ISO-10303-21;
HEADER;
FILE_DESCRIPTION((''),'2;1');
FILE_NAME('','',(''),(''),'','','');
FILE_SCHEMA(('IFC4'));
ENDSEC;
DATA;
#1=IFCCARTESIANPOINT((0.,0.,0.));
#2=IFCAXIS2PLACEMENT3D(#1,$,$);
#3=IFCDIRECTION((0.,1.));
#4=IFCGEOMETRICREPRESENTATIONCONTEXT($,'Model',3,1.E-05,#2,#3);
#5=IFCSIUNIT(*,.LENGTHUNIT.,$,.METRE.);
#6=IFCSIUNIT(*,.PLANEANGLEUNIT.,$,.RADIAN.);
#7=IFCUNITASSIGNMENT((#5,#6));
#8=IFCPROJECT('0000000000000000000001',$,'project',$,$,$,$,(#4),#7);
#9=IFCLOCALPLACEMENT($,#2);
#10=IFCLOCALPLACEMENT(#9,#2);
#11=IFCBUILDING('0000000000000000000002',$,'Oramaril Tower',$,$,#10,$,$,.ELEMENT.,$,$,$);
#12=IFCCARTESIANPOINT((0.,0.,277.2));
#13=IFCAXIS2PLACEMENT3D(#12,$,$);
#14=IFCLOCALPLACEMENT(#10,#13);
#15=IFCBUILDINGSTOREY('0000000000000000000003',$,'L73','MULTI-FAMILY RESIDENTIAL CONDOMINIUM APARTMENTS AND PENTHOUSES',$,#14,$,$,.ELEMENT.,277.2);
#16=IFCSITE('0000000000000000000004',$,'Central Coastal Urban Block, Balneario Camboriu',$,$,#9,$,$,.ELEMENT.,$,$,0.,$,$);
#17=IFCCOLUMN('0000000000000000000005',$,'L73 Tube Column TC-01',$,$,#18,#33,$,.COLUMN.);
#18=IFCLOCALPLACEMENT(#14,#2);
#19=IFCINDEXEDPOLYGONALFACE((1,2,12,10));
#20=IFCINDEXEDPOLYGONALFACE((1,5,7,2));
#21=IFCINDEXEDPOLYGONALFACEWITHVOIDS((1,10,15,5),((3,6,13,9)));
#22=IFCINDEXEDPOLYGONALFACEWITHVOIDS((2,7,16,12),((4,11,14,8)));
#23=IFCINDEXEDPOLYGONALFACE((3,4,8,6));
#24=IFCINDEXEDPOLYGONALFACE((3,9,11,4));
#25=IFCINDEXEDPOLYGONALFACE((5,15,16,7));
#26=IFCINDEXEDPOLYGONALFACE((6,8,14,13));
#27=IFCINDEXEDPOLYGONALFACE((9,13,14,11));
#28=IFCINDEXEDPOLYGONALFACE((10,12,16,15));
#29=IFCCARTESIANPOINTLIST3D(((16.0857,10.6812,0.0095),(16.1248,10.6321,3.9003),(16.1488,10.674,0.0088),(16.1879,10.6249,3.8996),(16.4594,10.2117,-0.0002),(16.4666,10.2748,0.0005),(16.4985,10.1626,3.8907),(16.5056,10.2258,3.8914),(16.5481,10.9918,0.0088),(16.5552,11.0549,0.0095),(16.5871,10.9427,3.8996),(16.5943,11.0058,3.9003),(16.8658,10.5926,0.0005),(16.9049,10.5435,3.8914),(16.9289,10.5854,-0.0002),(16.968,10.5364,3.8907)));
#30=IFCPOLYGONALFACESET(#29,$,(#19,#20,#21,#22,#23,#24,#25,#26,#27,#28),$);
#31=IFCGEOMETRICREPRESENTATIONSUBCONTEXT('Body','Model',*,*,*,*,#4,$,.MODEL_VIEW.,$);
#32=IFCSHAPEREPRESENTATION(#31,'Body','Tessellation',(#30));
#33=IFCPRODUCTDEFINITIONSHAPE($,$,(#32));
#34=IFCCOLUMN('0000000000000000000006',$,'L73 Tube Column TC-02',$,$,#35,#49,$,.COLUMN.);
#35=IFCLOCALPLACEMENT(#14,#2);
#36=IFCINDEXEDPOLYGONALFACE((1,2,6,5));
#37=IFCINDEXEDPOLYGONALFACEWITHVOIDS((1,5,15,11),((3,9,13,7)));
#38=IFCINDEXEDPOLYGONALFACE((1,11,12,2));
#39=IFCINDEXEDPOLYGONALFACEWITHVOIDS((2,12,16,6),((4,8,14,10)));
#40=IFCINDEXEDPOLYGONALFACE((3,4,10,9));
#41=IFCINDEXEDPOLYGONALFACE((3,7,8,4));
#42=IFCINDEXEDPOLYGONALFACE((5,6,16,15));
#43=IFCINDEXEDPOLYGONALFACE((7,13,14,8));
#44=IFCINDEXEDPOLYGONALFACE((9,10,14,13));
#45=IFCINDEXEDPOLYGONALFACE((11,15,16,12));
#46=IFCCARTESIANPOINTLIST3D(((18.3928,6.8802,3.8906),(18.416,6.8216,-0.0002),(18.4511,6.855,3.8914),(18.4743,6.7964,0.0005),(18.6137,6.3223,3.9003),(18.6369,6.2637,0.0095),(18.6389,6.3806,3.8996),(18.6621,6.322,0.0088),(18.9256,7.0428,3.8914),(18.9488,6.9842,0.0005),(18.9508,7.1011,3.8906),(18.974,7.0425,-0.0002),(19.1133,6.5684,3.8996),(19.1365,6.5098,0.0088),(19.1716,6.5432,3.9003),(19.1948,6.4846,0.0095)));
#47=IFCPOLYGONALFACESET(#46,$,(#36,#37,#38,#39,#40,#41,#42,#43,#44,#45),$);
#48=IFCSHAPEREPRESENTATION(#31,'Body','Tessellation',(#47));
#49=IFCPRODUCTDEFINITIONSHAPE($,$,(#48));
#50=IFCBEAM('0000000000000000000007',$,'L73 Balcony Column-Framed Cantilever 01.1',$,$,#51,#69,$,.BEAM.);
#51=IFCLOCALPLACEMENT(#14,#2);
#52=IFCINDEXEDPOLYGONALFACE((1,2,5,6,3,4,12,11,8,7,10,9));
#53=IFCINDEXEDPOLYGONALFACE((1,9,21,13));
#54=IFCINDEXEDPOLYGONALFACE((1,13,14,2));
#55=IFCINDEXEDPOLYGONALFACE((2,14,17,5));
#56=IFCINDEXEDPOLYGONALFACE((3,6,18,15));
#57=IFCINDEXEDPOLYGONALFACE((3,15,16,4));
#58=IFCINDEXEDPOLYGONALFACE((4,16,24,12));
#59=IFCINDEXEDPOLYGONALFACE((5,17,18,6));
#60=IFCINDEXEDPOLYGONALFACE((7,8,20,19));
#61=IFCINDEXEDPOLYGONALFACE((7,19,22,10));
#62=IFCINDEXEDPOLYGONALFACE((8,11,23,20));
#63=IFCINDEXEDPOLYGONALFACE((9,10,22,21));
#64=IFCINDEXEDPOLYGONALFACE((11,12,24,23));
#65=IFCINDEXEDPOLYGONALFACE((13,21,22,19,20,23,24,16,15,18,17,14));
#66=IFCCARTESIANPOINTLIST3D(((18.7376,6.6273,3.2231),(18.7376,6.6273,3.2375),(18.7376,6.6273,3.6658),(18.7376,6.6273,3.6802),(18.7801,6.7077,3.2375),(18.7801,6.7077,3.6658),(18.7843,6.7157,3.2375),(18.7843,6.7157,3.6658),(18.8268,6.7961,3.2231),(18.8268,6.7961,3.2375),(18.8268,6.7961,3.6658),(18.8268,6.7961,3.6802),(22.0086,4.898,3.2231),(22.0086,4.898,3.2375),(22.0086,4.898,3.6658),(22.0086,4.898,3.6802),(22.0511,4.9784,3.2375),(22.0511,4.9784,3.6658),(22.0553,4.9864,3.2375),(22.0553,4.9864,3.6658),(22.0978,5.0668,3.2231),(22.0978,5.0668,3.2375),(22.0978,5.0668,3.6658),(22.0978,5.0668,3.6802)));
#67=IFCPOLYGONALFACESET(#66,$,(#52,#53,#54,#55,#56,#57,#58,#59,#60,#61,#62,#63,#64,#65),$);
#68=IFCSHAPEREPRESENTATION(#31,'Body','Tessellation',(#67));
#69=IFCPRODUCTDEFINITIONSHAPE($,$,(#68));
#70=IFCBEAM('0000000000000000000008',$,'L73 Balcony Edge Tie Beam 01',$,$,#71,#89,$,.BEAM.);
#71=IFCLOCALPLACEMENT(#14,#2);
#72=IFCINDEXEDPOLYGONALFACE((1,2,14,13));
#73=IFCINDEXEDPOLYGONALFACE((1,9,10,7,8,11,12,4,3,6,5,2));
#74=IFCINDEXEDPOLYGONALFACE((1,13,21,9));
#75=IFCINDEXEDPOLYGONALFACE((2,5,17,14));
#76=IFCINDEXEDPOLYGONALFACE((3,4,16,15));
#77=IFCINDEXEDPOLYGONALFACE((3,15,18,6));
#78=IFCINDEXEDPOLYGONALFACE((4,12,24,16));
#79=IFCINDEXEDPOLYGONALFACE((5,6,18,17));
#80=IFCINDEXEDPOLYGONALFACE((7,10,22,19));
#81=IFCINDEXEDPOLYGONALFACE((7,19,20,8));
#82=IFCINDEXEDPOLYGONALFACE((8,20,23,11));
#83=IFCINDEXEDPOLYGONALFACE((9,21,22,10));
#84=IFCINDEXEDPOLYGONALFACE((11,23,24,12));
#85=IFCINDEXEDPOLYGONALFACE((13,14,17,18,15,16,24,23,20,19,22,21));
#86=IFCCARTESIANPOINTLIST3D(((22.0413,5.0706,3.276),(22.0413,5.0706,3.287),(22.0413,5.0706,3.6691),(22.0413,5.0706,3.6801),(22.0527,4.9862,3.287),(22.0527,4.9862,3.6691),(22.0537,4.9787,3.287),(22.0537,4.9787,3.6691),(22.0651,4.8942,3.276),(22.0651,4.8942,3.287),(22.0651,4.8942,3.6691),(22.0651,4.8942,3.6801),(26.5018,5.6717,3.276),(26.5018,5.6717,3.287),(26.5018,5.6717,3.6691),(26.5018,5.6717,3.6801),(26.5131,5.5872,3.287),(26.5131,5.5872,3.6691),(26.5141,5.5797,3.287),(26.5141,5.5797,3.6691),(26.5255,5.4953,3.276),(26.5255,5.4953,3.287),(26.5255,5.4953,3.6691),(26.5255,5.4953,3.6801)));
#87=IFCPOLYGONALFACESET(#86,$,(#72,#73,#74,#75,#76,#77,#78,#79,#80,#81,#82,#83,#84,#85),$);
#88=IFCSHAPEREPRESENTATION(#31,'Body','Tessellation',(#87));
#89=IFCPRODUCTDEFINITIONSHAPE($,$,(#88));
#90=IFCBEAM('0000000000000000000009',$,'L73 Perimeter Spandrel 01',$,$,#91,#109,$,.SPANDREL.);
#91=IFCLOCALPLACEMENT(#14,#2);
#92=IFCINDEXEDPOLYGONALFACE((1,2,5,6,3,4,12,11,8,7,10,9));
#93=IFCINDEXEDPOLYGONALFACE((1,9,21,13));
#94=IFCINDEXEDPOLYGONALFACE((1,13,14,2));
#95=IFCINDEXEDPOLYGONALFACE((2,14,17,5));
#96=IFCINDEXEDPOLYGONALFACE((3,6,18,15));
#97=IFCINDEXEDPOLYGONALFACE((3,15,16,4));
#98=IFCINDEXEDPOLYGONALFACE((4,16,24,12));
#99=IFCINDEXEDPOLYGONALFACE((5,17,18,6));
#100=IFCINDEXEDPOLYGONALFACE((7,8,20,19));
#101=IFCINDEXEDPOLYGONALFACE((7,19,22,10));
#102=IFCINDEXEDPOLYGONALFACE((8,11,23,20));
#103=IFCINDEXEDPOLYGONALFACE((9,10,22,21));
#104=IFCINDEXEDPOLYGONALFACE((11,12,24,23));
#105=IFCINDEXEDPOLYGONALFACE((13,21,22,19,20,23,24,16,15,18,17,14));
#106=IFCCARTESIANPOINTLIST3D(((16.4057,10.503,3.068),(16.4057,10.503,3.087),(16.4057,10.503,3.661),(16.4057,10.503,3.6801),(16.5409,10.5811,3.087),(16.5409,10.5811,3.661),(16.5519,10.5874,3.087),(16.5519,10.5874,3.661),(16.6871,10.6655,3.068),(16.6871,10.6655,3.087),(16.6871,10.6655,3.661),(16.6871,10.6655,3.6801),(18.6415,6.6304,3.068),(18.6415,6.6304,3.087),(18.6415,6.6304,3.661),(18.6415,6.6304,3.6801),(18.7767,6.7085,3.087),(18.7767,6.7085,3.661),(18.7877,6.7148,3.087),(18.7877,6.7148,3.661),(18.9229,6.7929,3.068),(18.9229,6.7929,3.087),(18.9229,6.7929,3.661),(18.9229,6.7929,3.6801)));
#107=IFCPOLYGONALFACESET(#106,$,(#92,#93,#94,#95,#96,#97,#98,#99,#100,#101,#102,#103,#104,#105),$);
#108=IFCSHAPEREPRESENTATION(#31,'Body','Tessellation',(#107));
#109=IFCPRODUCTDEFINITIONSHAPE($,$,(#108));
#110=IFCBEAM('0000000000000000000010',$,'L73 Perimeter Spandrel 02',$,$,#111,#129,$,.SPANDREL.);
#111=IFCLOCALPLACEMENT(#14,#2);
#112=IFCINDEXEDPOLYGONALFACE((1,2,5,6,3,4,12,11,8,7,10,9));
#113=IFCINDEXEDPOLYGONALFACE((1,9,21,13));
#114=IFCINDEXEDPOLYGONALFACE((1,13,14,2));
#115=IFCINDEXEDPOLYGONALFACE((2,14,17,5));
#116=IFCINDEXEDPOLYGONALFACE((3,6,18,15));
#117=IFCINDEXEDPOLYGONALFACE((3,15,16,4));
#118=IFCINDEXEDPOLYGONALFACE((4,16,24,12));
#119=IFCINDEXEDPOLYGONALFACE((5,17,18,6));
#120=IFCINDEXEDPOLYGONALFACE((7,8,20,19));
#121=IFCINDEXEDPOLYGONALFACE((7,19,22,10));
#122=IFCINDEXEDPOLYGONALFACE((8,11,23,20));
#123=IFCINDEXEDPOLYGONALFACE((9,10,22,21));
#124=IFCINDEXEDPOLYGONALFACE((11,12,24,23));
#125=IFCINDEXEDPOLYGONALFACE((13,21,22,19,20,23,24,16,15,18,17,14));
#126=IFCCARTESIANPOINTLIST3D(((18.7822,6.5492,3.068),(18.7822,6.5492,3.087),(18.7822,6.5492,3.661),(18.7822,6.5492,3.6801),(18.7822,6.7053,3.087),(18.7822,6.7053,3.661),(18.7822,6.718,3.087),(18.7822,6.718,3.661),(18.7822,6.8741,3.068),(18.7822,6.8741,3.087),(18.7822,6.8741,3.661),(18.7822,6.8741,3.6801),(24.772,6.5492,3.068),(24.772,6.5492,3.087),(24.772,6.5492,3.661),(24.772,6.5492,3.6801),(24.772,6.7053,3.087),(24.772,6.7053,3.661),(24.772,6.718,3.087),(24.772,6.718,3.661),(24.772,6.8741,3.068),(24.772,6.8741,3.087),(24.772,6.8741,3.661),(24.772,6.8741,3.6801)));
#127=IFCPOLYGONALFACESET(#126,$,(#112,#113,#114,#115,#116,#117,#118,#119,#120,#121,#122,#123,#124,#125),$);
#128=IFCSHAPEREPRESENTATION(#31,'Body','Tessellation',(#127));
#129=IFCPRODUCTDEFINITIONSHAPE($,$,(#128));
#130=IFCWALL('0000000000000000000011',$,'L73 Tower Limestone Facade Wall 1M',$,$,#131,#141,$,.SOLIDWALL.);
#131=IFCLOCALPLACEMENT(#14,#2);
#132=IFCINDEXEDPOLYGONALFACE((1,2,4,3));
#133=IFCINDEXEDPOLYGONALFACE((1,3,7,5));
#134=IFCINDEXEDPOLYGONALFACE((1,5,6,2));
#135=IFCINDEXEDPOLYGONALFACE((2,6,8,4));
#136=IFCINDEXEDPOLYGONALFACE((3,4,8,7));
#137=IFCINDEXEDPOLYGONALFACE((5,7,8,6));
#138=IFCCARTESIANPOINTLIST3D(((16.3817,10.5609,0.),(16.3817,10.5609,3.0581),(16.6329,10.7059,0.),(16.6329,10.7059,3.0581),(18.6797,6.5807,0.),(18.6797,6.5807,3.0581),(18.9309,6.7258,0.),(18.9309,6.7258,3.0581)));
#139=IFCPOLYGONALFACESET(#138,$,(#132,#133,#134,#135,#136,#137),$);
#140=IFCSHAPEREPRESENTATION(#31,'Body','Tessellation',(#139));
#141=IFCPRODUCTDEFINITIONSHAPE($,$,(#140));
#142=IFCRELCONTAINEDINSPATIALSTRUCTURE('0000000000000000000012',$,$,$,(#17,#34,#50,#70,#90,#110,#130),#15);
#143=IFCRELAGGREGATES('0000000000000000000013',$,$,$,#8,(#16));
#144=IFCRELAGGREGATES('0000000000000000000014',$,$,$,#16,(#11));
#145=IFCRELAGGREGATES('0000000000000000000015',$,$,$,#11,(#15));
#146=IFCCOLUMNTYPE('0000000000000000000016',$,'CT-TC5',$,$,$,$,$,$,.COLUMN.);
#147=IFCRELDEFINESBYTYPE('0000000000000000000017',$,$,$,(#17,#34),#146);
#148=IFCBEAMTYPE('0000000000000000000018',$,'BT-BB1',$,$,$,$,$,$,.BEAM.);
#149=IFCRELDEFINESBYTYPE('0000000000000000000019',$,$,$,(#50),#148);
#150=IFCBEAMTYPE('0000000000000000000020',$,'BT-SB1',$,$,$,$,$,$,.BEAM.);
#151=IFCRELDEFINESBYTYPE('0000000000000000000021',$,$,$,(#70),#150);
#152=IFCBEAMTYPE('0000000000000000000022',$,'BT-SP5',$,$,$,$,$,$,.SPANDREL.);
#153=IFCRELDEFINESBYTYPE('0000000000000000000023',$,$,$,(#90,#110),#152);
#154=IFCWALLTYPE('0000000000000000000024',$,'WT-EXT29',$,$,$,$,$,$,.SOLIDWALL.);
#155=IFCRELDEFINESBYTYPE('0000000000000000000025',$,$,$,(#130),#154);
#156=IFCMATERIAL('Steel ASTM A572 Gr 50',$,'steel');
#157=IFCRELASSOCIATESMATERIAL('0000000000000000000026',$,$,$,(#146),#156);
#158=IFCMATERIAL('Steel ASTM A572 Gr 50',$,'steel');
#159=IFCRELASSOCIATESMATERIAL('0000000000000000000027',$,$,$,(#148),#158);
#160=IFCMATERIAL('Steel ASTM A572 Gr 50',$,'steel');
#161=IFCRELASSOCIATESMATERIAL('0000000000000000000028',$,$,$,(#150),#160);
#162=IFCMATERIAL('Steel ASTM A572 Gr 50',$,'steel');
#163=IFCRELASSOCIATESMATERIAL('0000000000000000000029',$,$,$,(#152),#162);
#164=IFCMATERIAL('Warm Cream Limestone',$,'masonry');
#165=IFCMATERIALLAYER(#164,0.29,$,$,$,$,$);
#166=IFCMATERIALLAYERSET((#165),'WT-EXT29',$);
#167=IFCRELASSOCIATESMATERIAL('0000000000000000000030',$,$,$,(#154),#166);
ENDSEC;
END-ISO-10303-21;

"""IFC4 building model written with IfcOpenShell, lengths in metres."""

from ifc_helpers import new_model, si_unit, direction, frame, frame_2d, origin, origin_2d, place, context, subcontext, project, spatial, rectangle, hollow_rectangle, i_section, extrude, material, layer, layer_set, material_profile, profile_set, type_object, element, save


model = new_model("IFC4")

# Units and contexts
model_context = context("Model", 3, precision=1e-05, world=origin(), true_north=direction((0.0, 1.0)))
body_context = subcontext(model_context, "Body", "Model", "MODEL_VIEW")
ifc_project = project(units=[si_unit("LENGTHUNIT", "METRE"), si_unit("PLANEANGLEUNIT", "RADIAN")], contexts=[model_context])

# Site, building, storey
site_placement = place(None, origin())
site = spatial("IfcSite", under=ifc_project, at=site_placement, Name="Central Coastal Urban Block, Balneario Camboriu", CompositionType="ELEMENT", RefElevation=0.0)
building_placement = place(site_placement, origin())
building = spatial("IfcBuilding", under=site, at=building_placement, Name="Oramaril Tower", CompositionType="ELEMENT")
storey_placement = place(building_placement, frame((0.0, 0.0, 277.2)))
storey = spatial("IfcBuildingStorey", under=building, at=storey_placement, Name="L73", Description="MULTI-FAMILY RESIDENTIAL CONDOMINIUM APARTMENTS AND PENTHOUSES", CompositionType="ELEMENT", Elevation=277.2)

# Columns
ifc_material_1 = material(Name="Steel ASTM A572 Gr 50", Category="steel")
ifc_material_profile_1 = material_profile(ifc_material_1, hollow_rectangle(XDim=0.6001, YDim=0.6001, WallThickness=0.0449, at=origin_2d()), Name="BOX600X600X45")
ifc_profile_set_1 = profile_set([ifc_material_profile_1], Name="Steel ASTM A572 Gr 50")
column_type = type_object("IfcColumnType", Name="CT-TC5", PredefinedType="COLUMN", material=ifc_profile_set_1)
for number, where, z_axis, x_axis, name in (
    (1, (16.5073, 10.6333, 0.0046), (0.010038, -0.012611, 0.99987), (0.782386, 0.622794, 0.0), "L73 Tube Column TC-01"),
    (2, (18.8054, 6.6531, 0.0046), (-0.00596, 0.015057, 0.999869), (-0.929807, -0.368048, 0.0), "L73 Tube Column TC-02"),
):
    element("IfcColumn", number, at=place(storey_placement, frame(where, z_axis=z_axis, x_axis=x_axis)), inside=storey, type_object=column_type, Name=name, PredefinedType="COLUMN", context=body_context, shape_type="SweptSolid", body=[
        extrude(hollow_rectangle(XDim=0.6001, YDim=0.6001, WallThickness=0.0449, at=origin_2d()), origin(), (0.0, 0.0, 1.0), 3.8914),
    ])

# Beams
ifc_material_2 = material(Name="Steel ASTM A572 Gr 50", Category="steel")
ifc_material_profile_2 = material_profile(ifc_material_2, i_section(OverallWidth=0.1909, OverallDepth=0.457, WebThickness=0.009, FlangeThickness=0.0144, at=origin_2d()), Name="W18X50")
ifc_profile_set_2 = profile_set([ifc_material_profile_2], Name="Steel ASTM A572 Gr 50")
beam_type_1 = type_object("IfcBeamType", Name="BT-BB1", PredefinedType="BEAM", material=ifc_profile_set_2)
beam_1_placement = place(storey_placement, frame((18.7822, 6.7117, 3.4517), z_axis=(0.884062, -0.467369, 0.0), x_axis=(0.467369, 0.884062, 0.0)))
element("IfcBeam", 3, at=beam_1_placement, inside=storey, type_object=beam_type_1, Name="L73 Balcony Column-Framed Cantilever 01.1", PredefinedType="BEAM", context=body_context, shape_type="SweptSolid", body=[
    extrude(i_section(OverallWidth=0.1909, OverallDepth=0.457, WebThickness=0.009, FlangeThickness=0.0144, at=origin_2d()), origin(), (0.0, 0.0, 1.0), 3.7),
])
ifc_material_3 = material(Name="Steel ASTM A572 Gr 50", Category="steel")
ifc_material_profile_3 = material_profile(ifc_material_3, i_section(OverallWidth=0.178, OverallDepth=0.4041, WebThickness=0.0076, FlangeThickness=0.011, at=origin_2d()), Name="W16X36")
ifc_profile_set_3 = profile_set([ifc_material_profile_3], Name="Steel ASTM A572 Gr 50")
beam_type_2 = type_object("IfcBeamType", Name="BT-SB1", PredefinedType="BEAM", material=ifc_profile_set_3)
beam_2_placement = place(storey_placement, frame((22.0532, 4.9824, 3.478), z_axis=(0.991042, 0.133549, 0.0), x_axis=(-0.133549, 0.991042, 0.0)))
element("IfcBeam", 4, at=beam_2_placement, inside=storey, type_object=beam_type_2, Name="L73 Balcony Edge Tie Beam 01", PredefinedType="BEAM", context=body_context, shape_type="SweptSolid", body=[
    extrude(i_section(OverallWidth=0.178, OverallDepth=0.4041, WebThickness=0.0076, FlangeThickness=0.011, at=origin_2d()), origin(), (0.0, 0.0, 1.0), 4.5007),
])
ifc_material_4 = material(Name="Steel ASTM A572 Gr 50", Category="steel")
ifc_material_profile_4 = material_profile(ifc_material_4, i_section(OverallWidth=0.325, OverallDepth=0.6121, WebThickness=0.0127, FlangeThickness=0.019, at=origin_2d()), Name="W24X104")
ifc_profile_set_4 = profile_set([ifc_material_profile_4], Name="Steel ASTM A572 Gr 50")
beam_type_3 = type_object("IfcBeamType", Name="BT-SP5", PredefinedType="SPANDREL", material=ifc_profile_set_4)
beam_3_placement = place(storey_placement, frame((16.5464, 10.5842, 3.374), z_axis=(0.500003, -0.866024, 0.0), x_axis=(0.866024, 0.500003, 0.0)))
element("IfcBeam", 5, at=beam_3_placement, inside=storey, type_object=beam_type_3, Name="L73 Perimeter Spandrel 01", PredefinedType="SPANDREL", context=body_context, shape_type="SweptSolid", body=[
    extrude(i_section(OverallWidth=0.325, OverallDepth=0.6121, WebThickness=0.0127, FlangeThickness=0.019, at=origin_2d()), origin(), (0.0, 0.0, 1.0), 4.4717),
])
beam_4_placement = place(storey_placement, frame((18.7822, 6.7117, 3.374), z_axis=(1.0, 0.0, 0.0), x_axis=(0.0, 1.0, 0.0)))
element("IfcBeam", 6, at=beam_4_placement, inside=storey, type_object=beam_type_3, Name="L73 Perimeter Spandrel 02", PredefinedType="SPANDREL", context=body_context, shape_type="SweptSolid", body=[
    extrude(i_section(OverallWidth=0.325, OverallDepth=0.6121, WebThickness=0.0127, FlangeThickness=0.019, at=origin_2d()), origin(), (0.0, 0.0, 1.0), 5.9897),
])

# Wall
ifc_material_5 = material(Name="Warm Cream Limestone", Category="masonry")
ifc_layer_1 = layer(ifc_material_5, 0.29)
ifc_layer_set_1 = layer_set([ifc_layer_1], Name="WT-EXT29")
wall_type = type_object("IfcWallType", Name="WT-EXT29", PredefinedType="SOLIDWALL", material=ifc_layer_set_1)
wall_1_placement = place(storey_placement, frame((16.5073, 10.6333, 0.0), z_axis=(0.0, 0.0, 1.0), x_axis=(0.500018, -0.866015, 0.0)))
element("IfcWall", 7, at=wall_1_placement, inside=storey, type_object=wall_type, Name="L73 Tower Limestone Facade Wall 1M", PredefinedType="SOLIDWALL", context=body_context, shape_type="SweptSolid", body=[
    extrude(rectangle(XDim=4.5959, YDim=0.29, at=frame_2d((2.2979, 0.0))), origin(), (0.0, 0.0, 1.0), 3.0581),
])

save(model, "model.ifc")
